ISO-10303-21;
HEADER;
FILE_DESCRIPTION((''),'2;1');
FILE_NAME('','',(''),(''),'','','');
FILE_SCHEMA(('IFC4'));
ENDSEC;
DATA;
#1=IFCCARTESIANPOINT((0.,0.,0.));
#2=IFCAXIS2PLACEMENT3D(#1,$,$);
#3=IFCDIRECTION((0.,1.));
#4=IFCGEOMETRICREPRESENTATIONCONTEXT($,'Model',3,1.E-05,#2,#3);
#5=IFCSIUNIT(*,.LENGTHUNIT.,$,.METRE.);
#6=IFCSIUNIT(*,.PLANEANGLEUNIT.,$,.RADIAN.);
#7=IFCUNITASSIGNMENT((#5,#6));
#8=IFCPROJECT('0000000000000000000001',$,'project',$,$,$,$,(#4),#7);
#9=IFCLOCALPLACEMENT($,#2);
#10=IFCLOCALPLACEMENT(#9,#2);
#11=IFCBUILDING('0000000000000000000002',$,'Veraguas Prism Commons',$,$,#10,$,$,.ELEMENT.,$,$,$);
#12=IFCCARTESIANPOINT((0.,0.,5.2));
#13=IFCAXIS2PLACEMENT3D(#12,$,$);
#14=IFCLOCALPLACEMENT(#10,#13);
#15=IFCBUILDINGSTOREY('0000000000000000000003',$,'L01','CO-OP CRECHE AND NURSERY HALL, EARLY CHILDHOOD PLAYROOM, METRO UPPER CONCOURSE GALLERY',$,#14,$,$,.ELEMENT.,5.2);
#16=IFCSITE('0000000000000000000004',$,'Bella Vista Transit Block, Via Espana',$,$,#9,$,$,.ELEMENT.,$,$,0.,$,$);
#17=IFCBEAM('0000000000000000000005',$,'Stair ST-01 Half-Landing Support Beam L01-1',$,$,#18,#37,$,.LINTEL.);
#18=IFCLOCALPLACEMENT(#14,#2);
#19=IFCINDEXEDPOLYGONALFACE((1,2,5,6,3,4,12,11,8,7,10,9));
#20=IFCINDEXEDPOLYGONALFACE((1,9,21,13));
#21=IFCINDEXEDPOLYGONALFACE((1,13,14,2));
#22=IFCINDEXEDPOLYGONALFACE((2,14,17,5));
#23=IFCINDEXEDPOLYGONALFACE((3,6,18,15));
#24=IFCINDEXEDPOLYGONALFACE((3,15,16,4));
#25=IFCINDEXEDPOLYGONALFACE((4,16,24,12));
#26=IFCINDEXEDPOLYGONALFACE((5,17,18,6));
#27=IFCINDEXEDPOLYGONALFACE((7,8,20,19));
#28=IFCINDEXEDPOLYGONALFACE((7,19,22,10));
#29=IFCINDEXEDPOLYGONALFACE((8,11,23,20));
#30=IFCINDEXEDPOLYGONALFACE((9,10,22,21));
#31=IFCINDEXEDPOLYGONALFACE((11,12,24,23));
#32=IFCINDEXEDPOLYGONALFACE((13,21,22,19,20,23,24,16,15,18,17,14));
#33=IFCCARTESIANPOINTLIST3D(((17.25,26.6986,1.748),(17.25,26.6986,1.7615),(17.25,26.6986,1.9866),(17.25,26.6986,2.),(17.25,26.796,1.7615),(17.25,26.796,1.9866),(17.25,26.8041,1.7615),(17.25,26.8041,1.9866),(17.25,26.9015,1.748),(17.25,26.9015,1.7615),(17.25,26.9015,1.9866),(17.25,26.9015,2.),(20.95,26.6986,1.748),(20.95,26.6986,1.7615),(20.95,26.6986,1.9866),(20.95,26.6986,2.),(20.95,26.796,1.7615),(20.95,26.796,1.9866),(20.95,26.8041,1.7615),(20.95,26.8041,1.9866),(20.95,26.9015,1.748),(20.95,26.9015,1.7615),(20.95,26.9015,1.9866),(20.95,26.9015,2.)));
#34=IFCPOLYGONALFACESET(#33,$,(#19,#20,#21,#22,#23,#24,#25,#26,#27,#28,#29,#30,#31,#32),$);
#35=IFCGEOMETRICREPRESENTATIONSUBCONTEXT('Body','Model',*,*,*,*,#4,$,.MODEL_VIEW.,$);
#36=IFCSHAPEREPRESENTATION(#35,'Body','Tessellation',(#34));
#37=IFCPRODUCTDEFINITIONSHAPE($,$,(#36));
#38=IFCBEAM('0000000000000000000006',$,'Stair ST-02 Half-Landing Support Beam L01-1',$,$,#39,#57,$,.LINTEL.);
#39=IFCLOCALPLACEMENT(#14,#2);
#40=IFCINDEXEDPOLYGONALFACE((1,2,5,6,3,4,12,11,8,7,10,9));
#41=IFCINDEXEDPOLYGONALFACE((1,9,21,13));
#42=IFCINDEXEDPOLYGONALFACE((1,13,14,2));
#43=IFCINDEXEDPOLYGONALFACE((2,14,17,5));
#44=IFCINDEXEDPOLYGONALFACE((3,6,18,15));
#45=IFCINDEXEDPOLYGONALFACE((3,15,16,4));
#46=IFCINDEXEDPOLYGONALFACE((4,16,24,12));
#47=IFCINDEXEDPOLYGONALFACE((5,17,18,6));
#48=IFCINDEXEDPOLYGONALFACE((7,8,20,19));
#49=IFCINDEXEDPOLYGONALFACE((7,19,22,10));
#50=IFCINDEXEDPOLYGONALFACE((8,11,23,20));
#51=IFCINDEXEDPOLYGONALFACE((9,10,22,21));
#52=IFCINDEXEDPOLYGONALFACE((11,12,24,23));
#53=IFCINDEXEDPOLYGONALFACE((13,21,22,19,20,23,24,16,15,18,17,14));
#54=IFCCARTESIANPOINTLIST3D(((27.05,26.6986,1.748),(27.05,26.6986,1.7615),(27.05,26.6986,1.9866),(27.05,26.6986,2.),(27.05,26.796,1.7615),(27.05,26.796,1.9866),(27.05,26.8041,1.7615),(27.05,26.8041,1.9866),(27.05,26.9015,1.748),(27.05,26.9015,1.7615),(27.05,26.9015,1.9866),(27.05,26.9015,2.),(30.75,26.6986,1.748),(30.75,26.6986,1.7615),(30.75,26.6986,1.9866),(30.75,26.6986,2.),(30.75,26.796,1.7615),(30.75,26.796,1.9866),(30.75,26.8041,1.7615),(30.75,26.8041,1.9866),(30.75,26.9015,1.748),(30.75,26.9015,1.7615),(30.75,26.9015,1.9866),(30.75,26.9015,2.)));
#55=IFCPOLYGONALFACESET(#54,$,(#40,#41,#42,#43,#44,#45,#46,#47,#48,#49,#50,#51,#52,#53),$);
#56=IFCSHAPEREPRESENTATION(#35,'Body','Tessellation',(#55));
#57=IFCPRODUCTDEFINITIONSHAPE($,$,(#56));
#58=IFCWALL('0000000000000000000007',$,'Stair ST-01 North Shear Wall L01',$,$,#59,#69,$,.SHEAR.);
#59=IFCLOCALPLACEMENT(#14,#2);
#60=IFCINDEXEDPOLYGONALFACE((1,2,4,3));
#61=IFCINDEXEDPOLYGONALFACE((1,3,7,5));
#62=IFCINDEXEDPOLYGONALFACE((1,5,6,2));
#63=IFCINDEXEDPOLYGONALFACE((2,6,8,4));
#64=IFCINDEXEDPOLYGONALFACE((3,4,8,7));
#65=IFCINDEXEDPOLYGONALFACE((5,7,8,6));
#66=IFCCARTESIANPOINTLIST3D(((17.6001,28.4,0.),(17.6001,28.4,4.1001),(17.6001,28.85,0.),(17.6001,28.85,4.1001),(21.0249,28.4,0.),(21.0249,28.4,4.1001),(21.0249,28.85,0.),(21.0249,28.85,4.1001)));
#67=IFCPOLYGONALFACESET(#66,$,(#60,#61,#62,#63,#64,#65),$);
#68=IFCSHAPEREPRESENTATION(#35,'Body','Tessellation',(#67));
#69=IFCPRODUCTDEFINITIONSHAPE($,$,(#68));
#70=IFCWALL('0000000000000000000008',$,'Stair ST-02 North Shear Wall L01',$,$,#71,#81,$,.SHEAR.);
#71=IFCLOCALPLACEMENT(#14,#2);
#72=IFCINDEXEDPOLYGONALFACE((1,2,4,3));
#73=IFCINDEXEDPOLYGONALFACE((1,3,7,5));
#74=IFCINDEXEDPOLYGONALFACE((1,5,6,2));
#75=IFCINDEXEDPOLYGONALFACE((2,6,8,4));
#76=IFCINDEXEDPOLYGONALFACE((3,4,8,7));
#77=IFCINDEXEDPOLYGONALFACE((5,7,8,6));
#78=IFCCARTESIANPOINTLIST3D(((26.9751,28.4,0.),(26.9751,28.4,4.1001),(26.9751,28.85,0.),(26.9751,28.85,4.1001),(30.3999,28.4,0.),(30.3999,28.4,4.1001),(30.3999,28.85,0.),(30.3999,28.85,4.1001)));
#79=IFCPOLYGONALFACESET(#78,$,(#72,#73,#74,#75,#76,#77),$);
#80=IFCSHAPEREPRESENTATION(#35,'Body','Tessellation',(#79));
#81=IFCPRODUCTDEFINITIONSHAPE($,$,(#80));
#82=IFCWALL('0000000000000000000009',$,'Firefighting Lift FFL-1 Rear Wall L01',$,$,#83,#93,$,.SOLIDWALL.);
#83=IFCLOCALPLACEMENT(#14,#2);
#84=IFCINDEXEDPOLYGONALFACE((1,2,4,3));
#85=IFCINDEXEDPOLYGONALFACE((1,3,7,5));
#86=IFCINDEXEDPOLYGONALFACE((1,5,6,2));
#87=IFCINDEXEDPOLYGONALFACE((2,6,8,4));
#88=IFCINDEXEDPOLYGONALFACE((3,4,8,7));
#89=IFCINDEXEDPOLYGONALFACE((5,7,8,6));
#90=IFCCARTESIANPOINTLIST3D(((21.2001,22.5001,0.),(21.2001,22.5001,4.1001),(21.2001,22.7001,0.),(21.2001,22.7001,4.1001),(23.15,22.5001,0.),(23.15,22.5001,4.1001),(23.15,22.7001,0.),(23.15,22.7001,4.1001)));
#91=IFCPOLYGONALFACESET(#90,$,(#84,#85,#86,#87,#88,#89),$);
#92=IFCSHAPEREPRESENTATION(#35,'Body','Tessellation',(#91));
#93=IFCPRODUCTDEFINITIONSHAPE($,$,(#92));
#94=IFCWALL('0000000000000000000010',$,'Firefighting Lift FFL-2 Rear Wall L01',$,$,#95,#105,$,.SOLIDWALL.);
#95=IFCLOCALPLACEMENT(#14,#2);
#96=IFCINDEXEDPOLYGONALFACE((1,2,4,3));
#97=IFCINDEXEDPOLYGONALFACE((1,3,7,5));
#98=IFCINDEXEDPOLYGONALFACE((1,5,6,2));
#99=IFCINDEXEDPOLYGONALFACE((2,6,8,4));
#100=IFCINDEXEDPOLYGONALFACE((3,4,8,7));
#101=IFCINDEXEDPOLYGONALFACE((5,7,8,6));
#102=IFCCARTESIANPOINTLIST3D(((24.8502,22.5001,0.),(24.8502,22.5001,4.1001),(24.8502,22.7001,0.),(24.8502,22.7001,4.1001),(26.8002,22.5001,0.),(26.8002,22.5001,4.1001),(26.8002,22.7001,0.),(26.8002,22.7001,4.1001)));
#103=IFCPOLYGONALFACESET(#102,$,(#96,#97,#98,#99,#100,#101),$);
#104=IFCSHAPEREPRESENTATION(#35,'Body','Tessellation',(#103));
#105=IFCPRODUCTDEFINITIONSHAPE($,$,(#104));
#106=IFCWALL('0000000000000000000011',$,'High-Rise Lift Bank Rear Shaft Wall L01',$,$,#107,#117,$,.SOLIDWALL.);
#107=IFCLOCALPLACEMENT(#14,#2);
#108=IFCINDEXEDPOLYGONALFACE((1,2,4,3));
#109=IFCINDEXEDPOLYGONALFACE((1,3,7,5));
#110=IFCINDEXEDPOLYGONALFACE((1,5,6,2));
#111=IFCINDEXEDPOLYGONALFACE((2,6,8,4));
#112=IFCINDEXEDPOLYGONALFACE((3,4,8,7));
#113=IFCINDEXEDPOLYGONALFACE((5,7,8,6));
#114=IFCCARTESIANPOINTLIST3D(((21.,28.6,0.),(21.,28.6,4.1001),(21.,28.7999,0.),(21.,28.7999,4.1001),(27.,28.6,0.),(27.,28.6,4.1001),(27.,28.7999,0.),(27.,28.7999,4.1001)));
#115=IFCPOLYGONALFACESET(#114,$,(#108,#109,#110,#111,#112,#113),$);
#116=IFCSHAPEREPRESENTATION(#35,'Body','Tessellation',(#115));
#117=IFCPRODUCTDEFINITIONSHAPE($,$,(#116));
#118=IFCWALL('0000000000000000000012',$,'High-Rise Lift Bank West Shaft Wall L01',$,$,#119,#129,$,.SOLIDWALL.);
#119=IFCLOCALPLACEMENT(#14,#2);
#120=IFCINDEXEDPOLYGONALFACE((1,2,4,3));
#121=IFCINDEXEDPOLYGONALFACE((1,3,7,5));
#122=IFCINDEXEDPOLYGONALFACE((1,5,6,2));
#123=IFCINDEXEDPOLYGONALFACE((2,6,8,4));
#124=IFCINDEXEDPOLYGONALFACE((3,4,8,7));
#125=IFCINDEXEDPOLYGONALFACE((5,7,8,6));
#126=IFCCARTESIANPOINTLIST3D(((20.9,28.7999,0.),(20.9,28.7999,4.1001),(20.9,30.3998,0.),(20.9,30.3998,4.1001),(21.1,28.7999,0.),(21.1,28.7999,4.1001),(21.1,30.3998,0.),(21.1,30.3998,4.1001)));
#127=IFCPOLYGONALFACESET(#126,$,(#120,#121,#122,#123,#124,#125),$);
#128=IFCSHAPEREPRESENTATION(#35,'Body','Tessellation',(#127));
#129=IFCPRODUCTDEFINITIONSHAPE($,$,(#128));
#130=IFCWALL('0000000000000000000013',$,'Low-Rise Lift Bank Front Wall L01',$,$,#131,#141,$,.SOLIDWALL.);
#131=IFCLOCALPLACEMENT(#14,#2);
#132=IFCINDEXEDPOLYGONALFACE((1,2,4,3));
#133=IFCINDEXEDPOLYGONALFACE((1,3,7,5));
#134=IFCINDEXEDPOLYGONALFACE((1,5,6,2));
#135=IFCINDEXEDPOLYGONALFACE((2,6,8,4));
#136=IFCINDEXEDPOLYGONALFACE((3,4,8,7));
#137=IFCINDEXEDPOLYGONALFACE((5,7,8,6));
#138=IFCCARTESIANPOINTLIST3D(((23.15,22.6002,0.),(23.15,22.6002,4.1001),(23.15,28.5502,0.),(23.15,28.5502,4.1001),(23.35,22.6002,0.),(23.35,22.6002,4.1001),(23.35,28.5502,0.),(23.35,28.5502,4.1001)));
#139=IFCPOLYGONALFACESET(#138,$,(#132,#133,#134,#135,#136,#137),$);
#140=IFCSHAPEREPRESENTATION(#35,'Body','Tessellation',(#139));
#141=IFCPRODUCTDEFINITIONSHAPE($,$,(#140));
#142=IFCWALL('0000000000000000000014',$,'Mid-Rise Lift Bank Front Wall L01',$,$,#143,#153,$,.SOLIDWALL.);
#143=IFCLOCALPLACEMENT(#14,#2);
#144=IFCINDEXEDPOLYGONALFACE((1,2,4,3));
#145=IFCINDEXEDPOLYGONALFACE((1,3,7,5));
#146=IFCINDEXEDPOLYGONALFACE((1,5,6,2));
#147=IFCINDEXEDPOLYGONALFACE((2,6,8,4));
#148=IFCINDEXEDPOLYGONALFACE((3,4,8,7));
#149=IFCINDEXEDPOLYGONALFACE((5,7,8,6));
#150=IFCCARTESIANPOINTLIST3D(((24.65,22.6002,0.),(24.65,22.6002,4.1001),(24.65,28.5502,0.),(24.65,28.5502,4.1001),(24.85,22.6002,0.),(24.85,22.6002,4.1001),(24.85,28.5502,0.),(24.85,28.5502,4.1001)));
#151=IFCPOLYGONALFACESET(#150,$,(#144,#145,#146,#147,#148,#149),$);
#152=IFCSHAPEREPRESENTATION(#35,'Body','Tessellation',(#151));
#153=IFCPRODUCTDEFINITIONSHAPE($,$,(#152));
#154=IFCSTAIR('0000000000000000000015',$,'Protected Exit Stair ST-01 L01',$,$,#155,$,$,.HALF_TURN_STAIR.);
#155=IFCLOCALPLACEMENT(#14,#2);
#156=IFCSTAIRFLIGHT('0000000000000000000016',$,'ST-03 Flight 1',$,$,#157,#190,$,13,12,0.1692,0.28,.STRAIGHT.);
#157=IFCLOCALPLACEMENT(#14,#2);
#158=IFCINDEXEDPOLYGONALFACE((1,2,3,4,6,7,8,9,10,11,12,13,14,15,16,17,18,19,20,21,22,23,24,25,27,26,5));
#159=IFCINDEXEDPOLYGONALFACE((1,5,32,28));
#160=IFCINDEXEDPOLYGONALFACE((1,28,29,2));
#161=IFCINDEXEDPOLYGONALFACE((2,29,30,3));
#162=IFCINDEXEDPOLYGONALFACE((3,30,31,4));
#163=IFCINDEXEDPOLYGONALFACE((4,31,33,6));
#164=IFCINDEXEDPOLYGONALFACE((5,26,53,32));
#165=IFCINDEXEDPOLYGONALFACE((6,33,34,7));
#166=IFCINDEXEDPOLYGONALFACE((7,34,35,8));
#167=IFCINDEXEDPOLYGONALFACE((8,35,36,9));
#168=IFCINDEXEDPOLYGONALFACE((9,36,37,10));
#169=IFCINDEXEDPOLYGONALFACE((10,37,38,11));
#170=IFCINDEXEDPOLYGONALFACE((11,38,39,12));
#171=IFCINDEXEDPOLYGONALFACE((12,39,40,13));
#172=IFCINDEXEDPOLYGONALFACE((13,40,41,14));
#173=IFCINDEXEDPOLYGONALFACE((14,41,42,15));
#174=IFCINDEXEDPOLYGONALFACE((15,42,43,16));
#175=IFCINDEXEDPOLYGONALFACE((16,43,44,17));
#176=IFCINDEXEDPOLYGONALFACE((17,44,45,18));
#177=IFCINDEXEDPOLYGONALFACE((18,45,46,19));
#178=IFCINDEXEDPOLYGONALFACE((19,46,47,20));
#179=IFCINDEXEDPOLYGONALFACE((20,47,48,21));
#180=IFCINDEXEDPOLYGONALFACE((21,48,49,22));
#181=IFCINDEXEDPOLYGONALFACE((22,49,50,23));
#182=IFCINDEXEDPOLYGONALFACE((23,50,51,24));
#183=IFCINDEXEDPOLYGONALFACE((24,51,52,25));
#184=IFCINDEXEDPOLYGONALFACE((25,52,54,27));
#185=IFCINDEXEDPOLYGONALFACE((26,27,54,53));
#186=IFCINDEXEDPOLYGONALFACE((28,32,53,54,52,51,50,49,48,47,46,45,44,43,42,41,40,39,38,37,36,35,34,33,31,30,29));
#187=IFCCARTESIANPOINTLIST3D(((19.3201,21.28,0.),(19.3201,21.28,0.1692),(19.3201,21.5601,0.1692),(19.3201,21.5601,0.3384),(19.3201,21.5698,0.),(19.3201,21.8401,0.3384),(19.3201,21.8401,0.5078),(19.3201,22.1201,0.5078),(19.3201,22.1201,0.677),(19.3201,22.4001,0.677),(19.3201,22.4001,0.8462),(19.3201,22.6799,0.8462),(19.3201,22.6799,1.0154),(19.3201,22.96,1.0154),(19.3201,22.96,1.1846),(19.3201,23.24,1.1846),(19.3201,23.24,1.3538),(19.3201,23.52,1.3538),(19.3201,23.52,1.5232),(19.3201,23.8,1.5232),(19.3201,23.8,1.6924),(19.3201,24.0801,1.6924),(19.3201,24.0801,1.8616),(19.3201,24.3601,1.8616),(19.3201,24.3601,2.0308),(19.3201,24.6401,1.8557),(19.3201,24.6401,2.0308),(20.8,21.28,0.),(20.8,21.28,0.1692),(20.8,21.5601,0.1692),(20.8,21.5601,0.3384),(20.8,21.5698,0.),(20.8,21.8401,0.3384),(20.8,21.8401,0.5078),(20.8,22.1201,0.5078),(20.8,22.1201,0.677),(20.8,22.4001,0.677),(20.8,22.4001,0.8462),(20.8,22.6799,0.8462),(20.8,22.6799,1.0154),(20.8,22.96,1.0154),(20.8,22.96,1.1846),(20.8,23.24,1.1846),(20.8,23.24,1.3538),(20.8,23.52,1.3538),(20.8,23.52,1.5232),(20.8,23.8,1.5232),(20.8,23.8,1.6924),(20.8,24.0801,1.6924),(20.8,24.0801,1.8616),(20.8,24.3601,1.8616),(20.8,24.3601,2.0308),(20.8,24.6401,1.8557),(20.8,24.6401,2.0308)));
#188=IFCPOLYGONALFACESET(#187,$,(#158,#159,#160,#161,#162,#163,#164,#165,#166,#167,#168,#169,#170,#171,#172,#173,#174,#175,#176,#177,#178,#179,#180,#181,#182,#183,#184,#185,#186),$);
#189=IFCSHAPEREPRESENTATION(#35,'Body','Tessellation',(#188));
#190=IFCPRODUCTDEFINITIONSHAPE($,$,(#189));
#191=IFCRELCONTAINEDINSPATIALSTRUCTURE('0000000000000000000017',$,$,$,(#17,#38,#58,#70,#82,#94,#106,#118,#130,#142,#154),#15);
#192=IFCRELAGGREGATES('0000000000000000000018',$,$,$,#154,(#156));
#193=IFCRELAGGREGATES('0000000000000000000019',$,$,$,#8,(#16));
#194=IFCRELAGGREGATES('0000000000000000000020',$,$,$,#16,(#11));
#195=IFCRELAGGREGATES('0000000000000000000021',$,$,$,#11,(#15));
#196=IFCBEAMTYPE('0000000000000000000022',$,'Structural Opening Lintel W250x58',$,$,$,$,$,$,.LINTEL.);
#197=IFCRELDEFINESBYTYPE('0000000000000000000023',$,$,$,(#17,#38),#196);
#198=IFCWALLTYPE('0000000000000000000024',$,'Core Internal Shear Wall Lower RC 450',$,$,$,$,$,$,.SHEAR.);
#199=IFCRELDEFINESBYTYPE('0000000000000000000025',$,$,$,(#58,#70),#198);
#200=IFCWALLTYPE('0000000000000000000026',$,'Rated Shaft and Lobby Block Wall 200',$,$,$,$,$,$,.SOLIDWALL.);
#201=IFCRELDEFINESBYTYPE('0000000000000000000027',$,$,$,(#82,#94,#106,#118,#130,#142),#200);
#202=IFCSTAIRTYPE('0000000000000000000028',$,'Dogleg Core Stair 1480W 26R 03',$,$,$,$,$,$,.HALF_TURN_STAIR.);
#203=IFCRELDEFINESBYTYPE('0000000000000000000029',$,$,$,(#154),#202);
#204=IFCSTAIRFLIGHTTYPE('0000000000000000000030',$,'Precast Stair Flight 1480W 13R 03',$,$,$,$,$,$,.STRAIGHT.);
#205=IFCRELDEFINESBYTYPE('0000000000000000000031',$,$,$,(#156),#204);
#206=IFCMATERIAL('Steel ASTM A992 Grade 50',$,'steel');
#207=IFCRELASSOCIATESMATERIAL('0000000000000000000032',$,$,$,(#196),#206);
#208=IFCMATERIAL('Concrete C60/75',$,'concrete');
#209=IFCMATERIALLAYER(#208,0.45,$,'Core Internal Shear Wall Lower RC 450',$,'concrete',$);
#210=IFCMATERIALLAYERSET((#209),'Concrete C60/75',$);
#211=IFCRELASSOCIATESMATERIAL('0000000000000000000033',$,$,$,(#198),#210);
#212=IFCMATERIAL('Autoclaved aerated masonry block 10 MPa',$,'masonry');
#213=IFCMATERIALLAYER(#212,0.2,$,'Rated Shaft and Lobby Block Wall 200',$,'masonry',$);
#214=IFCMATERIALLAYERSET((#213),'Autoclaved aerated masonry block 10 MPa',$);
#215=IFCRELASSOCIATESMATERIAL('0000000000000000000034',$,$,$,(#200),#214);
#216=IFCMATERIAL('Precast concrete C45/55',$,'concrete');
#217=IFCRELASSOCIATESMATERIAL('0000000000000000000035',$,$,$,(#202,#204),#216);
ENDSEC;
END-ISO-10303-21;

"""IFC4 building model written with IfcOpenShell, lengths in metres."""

from ifc_helpers import new_model, si_unit, direction, frame, frame_2d, origin, origin_2d, place, context, subcontext, project, spatial, polyline, rectangle, i_section, outline, extrude, material, layer, layer_set, material_profile, profile_set, type_object, element, aggregate, save


model = new_model("IFC4")

# Units and contexts
model_context = context("Model", 3, precision=1e-05, world=origin(), true_north=direction((0.0, 1.0)))
body_context = subcontext(model_context, "Body", "Model", "MODEL_VIEW")
ifc_project = project(units=[si_unit("LENGTHUNIT", "METRE"), si_unit("PLANEANGLEUNIT", "RADIAN")], contexts=[model_context])

# Site, building, storey
site_placement = place(None, origin())
site = spatial("IfcSite", under=ifc_project, at=site_placement, Name="Bella Vista Transit Block, Via Espana", CompositionType="ELEMENT", RefElevation=0.0)
building_placement = place(site_placement, origin())
building = spatial("IfcBuilding", under=site, at=building_placement, Name="Veraguas Prism Commons", CompositionType="ELEMENT")
storey_placement = place(building_placement, frame((0.0, 0.0, 5.2)))
storey = spatial("IfcBuildingStorey", under=building, at=storey_placement, Name="L01", Description="CO-OP CRECHE AND NURSERY HALL, EARLY CHILDHOOD PLAYROOM, METRO UPPER CONCOURSE GALLERY", CompositionType="ELEMENT", Elevation=5.2)

# Beams
ifc_material_1 = material(Name="Steel ASTM A992 Grade 50", Category="steel")
ifc_material_profile = material_profile(ifc_material_1, i_section(OverallWidth=0.2029, OverallDepth=0.252, WebThickness=0.0081, FlangeThickness=0.0134, at=origin_2d()), Name="W250X58")
ifc_profile_set = profile_set([ifc_material_profile], Name="Steel ASTM A992 Grade 50")
beam_type = type_object("IfcBeamType", Name="Structural Opening Lintel W250x58", PredefinedType="LINTEL", material=ifc_profile_set)
for number, where, z_axis, x_axis, name in (
    (1, (17.25, 26.8, 1.874), (1.0, 0.0, 0.0), (0.0, 1.0, 0.0), "Stair ST-01 Half-Landing Support Beam L01-1"),
    (2, (27.05, 26.8, 1.874), (1.0, 0.0, 0.0), (0.0, 1.0, 0.0), "Stair ST-02 Half-Landing Support Beam L01-1"),
):
    element("IfcBeam", number, at=place(storey_placement, frame(where, z_axis=z_axis, x_axis=x_axis)), inside=storey, type_object=beam_type, Name=name, PredefinedType="LINTEL", context=body_context, shape_type="SweptSolid", body=[
        extrude(i_section(OverallWidth=0.2029, OverallDepth=0.252, WebThickness=0.0081, FlangeThickness=0.0134, at=origin_2d()), origin(), (0.0, 0.0, 1.0), 3.7),
    ])

# Walls
ifc_material_2 = material(Name="Concrete C60/75", Category="concrete")
ifc_layer_1 = layer(ifc_material_2, 0.45, Name="Core Internal Shear Wall Lower RC 450", Category="concrete")
ifc_layer_set_1 = layer_set([ifc_layer_1], Name="Concrete C60/75")
wall_type_1 = type_object("IfcWallType", Name="Core Internal Shear Wall Lower RC 450", PredefinedType="SHEAR", material=ifc_layer_set_1)
for number, where, z_axis, x_axis, name in (
    (3, (17.6001, 28.625, 0.0), (0.0, 0.0, 1.0), (1.0, 0.0, 0.0), "Stair ST-01 North Shear Wall L01"),
    (4, (26.9751, 28.625, 0.0), (0.0, 0.0, 1.0), (1.0, 0.0, 0.0), "Stair ST-02 North Shear Wall L01"),
):
    element("IfcWall", number, at=place(storey_placement, frame(where, z_axis=z_axis, x_axis=x_axis)), inside=storey, type_object=wall_type_1, Name=name, PredefinedType="SHEAR", context=body_context, shape_type="SweptSolid", body=[
        extrude(rectangle(XDim=3.4248, YDim=0.45, at=frame_2d((1.7124, 0.0))), origin(), (0.0, 0.0, 1.0), 4.1001),
    ])
ifc_material_3 = material(Name="Autoclaved aerated masonry block 10 MPa", Category="masonry")
ifc_layer_2 = layer(ifc_material_3, 0.2, Name="Rated Shaft and Lobby Block Wall 200", Category="masonry")
ifc_layer_set_2 = layer_set([ifc_layer_2], Name="Autoclaved aerated masonry block 10 MPa")
wall_type_2 = type_object("IfcWallType", Name="Rated Shaft and Lobby Block Wall 200", PredefinedType="SOLIDWALL", material=ifc_layer_set_2)
for number, where, z_axis, x_axis, name in (
    (5, (21.2, 22.6001, 0.0), (0.0, 0.0, 1.0), (1.0, 0.0, 0.0), "Firefighting Lift FFL-1 Rear Wall L01"),
    (6, (24.8501, 22.6001, 0.0), (0.0, 0.0, 1.0), (1.0, 0.0, 0.0), "Firefighting Lift FFL-2 Rear Wall L01"),
):
    element("IfcWall", number, at=place(storey_placement, frame(where, z_axis=z_axis, x_axis=x_axis)), inside=storey, type_object=wall_type_2, Name=name, PredefinedType="SOLIDWALL", context=body_context, shape_type="SweptSolid", body=[
        extrude(rectangle(XDim=1.95, YDim=0.2, at=frame_2d((0.9751, 0.0))), origin(), (0.0, 0.0, 1.0), 4.1001),
    ])
wall_1_placement = place(storey_placement, frame((21.0, 28.7, 0.0), z_axis=(0.0, 0.0, 1.0), x_axis=(1.0, 0.0, 0.0)))
element("IfcWall", 7, at=wall_1_placement, inside=storey, type_object=wall_type_2, Name="High-Rise Lift Bank Rear Shaft Wall L01", PredefinedType="SOLIDWALL", context=body_context, shape_type="SweptSolid", body=[
    extrude(rectangle(XDim=6.0, YDim=0.2, at=frame_2d((3.0, 0.0))), origin(), (0.0, 0.0, 1.0), 4.1001),
])
wall_2_placement = place(storey_placement, frame((21.0, 28.8, 0.0), z_axis=(0.0, 0.0, 1.0), x_axis=(0.0, 1.0, 0.0)))
element("IfcWall", 8, at=wall_2_placement, inside=storey, type_object=wall_type_2, Name="High-Rise Lift Bank West Shaft Wall L01", PredefinedType="SOLIDWALL", context=body_context, shape_type="SweptSolid", body=[
    extrude(rectangle(XDim=1.5999, YDim=0.2, at=frame_2d((0.7998, 0.0))), origin(), (0.0, 0.0, 1.0), 4.1001),
])
for number, where, z_axis, x_axis, name in (
    (9, (23.25, 22.6001, 0.0), (0.0, 0.0, 1.0), (0.0, 1.0, 0.0), "Low-Rise Lift Bank Front Wall L01"),
    (10, (24.75, 22.6001, 0.0), (0.0, 0.0, 1.0), (0.0, 1.0, 0.0), "Mid-Rise Lift Bank Front Wall L01"),
):
    element("IfcWall", number, at=place(storey_placement, frame(where, z_axis=z_axis, x_axis=x_axis)), inside=storey, type_object=wall_type_2, Name=name, PredefinedType="SOLIDWALL", context=body_context, shape_type="SweptSolid", body=[
        extrude(rectangle(XDim=5.95, YDim=0.2, at=frame_2d((2.9751, 0.0))), origin(), (0.0, 0.0, 1.0), 4.1001),
    ])

# Stair, stair flight
ifc_material_4 = material(Name="Precast concrete C45/55", Category="concrete")
stair_type = type_object("IfcStairType", Name="Dogleg Core Stair 1480W 26R 03", PredefinedType="HALF_TURN_STAIR", material=ifc_material_4)
stair_placement = place(storey_placement, origin())
stair = element("IfcStair", 11, at=stair_placement, inside=storey, type_object=stair_type, Name="Protected Exit Stair ST-01 L01", PredefinedType="HALF_TURN_STAIR")
stair_flight_type = type_object("IfcStairFlightType", Name="Precast Stair Flight 1480W 13R 03", PredefinedType="STRAIGHT", material=ifc_material_4)
stair_flight_1_placement = place(storey_placement, frame((20.0601, 21.28, 0.0), z_axis=(0.0, 0.0, 1.0), x_axis=(0.0, 1.0, 0.0)))
stair_flight_1 = element("IfcStairFlight", 12, at=stair_flight_1_placement, type_object=stair_flight_type, Name="ST-03 Flight 1", NumberOfRisers=13, NumberOfTreads=12, PredefinedType="STRAIGHT", RiserHeight=0.1692, TreadLength=0.28, context=body_context, shape_type="SweptSolid", body=[
    extrude(outline(polyline([(0.0, 0.0), (0.0, 0.1692), (0.28, 0.1692), (0.28, 0.3384), (0.5601, 0.3384), (0.5601, 0.5078), (0.8401, 0.5078), (0.8401, 0.677), (1.1201, 0.677), (1.1201, 0.8462), (1.3999, 0.8462), (1.3999, 1.0154), (1.6799, 1.0154), (1.6799, 1.1846), (1.96, 1.1846), (1.96, 1.3538), (2.24, 1.3538), (2.24, 1.5232), (2.52, 1.5232), (2.52, 1.6924), (2.8, 1.6924), (2.8, 1.8616), (3.0801, 1.8616), (3.0801, 2.0308), (3.3601, 2.0308), (3.3601, 2.2), (3.3601, 1.8557), (0.2898, 0.0), (0.0, 0.0)])), frame((0.0, 0.74, 0.0), z_axis=(0.0, -1.0, 0.0), x_axis=(1.0, 0.0, 0.0)), (0.0, 0.0, 1.0), 1.48),
])
aggregate(stair, [stair_flight_1])

save(model, "model.ifc")
